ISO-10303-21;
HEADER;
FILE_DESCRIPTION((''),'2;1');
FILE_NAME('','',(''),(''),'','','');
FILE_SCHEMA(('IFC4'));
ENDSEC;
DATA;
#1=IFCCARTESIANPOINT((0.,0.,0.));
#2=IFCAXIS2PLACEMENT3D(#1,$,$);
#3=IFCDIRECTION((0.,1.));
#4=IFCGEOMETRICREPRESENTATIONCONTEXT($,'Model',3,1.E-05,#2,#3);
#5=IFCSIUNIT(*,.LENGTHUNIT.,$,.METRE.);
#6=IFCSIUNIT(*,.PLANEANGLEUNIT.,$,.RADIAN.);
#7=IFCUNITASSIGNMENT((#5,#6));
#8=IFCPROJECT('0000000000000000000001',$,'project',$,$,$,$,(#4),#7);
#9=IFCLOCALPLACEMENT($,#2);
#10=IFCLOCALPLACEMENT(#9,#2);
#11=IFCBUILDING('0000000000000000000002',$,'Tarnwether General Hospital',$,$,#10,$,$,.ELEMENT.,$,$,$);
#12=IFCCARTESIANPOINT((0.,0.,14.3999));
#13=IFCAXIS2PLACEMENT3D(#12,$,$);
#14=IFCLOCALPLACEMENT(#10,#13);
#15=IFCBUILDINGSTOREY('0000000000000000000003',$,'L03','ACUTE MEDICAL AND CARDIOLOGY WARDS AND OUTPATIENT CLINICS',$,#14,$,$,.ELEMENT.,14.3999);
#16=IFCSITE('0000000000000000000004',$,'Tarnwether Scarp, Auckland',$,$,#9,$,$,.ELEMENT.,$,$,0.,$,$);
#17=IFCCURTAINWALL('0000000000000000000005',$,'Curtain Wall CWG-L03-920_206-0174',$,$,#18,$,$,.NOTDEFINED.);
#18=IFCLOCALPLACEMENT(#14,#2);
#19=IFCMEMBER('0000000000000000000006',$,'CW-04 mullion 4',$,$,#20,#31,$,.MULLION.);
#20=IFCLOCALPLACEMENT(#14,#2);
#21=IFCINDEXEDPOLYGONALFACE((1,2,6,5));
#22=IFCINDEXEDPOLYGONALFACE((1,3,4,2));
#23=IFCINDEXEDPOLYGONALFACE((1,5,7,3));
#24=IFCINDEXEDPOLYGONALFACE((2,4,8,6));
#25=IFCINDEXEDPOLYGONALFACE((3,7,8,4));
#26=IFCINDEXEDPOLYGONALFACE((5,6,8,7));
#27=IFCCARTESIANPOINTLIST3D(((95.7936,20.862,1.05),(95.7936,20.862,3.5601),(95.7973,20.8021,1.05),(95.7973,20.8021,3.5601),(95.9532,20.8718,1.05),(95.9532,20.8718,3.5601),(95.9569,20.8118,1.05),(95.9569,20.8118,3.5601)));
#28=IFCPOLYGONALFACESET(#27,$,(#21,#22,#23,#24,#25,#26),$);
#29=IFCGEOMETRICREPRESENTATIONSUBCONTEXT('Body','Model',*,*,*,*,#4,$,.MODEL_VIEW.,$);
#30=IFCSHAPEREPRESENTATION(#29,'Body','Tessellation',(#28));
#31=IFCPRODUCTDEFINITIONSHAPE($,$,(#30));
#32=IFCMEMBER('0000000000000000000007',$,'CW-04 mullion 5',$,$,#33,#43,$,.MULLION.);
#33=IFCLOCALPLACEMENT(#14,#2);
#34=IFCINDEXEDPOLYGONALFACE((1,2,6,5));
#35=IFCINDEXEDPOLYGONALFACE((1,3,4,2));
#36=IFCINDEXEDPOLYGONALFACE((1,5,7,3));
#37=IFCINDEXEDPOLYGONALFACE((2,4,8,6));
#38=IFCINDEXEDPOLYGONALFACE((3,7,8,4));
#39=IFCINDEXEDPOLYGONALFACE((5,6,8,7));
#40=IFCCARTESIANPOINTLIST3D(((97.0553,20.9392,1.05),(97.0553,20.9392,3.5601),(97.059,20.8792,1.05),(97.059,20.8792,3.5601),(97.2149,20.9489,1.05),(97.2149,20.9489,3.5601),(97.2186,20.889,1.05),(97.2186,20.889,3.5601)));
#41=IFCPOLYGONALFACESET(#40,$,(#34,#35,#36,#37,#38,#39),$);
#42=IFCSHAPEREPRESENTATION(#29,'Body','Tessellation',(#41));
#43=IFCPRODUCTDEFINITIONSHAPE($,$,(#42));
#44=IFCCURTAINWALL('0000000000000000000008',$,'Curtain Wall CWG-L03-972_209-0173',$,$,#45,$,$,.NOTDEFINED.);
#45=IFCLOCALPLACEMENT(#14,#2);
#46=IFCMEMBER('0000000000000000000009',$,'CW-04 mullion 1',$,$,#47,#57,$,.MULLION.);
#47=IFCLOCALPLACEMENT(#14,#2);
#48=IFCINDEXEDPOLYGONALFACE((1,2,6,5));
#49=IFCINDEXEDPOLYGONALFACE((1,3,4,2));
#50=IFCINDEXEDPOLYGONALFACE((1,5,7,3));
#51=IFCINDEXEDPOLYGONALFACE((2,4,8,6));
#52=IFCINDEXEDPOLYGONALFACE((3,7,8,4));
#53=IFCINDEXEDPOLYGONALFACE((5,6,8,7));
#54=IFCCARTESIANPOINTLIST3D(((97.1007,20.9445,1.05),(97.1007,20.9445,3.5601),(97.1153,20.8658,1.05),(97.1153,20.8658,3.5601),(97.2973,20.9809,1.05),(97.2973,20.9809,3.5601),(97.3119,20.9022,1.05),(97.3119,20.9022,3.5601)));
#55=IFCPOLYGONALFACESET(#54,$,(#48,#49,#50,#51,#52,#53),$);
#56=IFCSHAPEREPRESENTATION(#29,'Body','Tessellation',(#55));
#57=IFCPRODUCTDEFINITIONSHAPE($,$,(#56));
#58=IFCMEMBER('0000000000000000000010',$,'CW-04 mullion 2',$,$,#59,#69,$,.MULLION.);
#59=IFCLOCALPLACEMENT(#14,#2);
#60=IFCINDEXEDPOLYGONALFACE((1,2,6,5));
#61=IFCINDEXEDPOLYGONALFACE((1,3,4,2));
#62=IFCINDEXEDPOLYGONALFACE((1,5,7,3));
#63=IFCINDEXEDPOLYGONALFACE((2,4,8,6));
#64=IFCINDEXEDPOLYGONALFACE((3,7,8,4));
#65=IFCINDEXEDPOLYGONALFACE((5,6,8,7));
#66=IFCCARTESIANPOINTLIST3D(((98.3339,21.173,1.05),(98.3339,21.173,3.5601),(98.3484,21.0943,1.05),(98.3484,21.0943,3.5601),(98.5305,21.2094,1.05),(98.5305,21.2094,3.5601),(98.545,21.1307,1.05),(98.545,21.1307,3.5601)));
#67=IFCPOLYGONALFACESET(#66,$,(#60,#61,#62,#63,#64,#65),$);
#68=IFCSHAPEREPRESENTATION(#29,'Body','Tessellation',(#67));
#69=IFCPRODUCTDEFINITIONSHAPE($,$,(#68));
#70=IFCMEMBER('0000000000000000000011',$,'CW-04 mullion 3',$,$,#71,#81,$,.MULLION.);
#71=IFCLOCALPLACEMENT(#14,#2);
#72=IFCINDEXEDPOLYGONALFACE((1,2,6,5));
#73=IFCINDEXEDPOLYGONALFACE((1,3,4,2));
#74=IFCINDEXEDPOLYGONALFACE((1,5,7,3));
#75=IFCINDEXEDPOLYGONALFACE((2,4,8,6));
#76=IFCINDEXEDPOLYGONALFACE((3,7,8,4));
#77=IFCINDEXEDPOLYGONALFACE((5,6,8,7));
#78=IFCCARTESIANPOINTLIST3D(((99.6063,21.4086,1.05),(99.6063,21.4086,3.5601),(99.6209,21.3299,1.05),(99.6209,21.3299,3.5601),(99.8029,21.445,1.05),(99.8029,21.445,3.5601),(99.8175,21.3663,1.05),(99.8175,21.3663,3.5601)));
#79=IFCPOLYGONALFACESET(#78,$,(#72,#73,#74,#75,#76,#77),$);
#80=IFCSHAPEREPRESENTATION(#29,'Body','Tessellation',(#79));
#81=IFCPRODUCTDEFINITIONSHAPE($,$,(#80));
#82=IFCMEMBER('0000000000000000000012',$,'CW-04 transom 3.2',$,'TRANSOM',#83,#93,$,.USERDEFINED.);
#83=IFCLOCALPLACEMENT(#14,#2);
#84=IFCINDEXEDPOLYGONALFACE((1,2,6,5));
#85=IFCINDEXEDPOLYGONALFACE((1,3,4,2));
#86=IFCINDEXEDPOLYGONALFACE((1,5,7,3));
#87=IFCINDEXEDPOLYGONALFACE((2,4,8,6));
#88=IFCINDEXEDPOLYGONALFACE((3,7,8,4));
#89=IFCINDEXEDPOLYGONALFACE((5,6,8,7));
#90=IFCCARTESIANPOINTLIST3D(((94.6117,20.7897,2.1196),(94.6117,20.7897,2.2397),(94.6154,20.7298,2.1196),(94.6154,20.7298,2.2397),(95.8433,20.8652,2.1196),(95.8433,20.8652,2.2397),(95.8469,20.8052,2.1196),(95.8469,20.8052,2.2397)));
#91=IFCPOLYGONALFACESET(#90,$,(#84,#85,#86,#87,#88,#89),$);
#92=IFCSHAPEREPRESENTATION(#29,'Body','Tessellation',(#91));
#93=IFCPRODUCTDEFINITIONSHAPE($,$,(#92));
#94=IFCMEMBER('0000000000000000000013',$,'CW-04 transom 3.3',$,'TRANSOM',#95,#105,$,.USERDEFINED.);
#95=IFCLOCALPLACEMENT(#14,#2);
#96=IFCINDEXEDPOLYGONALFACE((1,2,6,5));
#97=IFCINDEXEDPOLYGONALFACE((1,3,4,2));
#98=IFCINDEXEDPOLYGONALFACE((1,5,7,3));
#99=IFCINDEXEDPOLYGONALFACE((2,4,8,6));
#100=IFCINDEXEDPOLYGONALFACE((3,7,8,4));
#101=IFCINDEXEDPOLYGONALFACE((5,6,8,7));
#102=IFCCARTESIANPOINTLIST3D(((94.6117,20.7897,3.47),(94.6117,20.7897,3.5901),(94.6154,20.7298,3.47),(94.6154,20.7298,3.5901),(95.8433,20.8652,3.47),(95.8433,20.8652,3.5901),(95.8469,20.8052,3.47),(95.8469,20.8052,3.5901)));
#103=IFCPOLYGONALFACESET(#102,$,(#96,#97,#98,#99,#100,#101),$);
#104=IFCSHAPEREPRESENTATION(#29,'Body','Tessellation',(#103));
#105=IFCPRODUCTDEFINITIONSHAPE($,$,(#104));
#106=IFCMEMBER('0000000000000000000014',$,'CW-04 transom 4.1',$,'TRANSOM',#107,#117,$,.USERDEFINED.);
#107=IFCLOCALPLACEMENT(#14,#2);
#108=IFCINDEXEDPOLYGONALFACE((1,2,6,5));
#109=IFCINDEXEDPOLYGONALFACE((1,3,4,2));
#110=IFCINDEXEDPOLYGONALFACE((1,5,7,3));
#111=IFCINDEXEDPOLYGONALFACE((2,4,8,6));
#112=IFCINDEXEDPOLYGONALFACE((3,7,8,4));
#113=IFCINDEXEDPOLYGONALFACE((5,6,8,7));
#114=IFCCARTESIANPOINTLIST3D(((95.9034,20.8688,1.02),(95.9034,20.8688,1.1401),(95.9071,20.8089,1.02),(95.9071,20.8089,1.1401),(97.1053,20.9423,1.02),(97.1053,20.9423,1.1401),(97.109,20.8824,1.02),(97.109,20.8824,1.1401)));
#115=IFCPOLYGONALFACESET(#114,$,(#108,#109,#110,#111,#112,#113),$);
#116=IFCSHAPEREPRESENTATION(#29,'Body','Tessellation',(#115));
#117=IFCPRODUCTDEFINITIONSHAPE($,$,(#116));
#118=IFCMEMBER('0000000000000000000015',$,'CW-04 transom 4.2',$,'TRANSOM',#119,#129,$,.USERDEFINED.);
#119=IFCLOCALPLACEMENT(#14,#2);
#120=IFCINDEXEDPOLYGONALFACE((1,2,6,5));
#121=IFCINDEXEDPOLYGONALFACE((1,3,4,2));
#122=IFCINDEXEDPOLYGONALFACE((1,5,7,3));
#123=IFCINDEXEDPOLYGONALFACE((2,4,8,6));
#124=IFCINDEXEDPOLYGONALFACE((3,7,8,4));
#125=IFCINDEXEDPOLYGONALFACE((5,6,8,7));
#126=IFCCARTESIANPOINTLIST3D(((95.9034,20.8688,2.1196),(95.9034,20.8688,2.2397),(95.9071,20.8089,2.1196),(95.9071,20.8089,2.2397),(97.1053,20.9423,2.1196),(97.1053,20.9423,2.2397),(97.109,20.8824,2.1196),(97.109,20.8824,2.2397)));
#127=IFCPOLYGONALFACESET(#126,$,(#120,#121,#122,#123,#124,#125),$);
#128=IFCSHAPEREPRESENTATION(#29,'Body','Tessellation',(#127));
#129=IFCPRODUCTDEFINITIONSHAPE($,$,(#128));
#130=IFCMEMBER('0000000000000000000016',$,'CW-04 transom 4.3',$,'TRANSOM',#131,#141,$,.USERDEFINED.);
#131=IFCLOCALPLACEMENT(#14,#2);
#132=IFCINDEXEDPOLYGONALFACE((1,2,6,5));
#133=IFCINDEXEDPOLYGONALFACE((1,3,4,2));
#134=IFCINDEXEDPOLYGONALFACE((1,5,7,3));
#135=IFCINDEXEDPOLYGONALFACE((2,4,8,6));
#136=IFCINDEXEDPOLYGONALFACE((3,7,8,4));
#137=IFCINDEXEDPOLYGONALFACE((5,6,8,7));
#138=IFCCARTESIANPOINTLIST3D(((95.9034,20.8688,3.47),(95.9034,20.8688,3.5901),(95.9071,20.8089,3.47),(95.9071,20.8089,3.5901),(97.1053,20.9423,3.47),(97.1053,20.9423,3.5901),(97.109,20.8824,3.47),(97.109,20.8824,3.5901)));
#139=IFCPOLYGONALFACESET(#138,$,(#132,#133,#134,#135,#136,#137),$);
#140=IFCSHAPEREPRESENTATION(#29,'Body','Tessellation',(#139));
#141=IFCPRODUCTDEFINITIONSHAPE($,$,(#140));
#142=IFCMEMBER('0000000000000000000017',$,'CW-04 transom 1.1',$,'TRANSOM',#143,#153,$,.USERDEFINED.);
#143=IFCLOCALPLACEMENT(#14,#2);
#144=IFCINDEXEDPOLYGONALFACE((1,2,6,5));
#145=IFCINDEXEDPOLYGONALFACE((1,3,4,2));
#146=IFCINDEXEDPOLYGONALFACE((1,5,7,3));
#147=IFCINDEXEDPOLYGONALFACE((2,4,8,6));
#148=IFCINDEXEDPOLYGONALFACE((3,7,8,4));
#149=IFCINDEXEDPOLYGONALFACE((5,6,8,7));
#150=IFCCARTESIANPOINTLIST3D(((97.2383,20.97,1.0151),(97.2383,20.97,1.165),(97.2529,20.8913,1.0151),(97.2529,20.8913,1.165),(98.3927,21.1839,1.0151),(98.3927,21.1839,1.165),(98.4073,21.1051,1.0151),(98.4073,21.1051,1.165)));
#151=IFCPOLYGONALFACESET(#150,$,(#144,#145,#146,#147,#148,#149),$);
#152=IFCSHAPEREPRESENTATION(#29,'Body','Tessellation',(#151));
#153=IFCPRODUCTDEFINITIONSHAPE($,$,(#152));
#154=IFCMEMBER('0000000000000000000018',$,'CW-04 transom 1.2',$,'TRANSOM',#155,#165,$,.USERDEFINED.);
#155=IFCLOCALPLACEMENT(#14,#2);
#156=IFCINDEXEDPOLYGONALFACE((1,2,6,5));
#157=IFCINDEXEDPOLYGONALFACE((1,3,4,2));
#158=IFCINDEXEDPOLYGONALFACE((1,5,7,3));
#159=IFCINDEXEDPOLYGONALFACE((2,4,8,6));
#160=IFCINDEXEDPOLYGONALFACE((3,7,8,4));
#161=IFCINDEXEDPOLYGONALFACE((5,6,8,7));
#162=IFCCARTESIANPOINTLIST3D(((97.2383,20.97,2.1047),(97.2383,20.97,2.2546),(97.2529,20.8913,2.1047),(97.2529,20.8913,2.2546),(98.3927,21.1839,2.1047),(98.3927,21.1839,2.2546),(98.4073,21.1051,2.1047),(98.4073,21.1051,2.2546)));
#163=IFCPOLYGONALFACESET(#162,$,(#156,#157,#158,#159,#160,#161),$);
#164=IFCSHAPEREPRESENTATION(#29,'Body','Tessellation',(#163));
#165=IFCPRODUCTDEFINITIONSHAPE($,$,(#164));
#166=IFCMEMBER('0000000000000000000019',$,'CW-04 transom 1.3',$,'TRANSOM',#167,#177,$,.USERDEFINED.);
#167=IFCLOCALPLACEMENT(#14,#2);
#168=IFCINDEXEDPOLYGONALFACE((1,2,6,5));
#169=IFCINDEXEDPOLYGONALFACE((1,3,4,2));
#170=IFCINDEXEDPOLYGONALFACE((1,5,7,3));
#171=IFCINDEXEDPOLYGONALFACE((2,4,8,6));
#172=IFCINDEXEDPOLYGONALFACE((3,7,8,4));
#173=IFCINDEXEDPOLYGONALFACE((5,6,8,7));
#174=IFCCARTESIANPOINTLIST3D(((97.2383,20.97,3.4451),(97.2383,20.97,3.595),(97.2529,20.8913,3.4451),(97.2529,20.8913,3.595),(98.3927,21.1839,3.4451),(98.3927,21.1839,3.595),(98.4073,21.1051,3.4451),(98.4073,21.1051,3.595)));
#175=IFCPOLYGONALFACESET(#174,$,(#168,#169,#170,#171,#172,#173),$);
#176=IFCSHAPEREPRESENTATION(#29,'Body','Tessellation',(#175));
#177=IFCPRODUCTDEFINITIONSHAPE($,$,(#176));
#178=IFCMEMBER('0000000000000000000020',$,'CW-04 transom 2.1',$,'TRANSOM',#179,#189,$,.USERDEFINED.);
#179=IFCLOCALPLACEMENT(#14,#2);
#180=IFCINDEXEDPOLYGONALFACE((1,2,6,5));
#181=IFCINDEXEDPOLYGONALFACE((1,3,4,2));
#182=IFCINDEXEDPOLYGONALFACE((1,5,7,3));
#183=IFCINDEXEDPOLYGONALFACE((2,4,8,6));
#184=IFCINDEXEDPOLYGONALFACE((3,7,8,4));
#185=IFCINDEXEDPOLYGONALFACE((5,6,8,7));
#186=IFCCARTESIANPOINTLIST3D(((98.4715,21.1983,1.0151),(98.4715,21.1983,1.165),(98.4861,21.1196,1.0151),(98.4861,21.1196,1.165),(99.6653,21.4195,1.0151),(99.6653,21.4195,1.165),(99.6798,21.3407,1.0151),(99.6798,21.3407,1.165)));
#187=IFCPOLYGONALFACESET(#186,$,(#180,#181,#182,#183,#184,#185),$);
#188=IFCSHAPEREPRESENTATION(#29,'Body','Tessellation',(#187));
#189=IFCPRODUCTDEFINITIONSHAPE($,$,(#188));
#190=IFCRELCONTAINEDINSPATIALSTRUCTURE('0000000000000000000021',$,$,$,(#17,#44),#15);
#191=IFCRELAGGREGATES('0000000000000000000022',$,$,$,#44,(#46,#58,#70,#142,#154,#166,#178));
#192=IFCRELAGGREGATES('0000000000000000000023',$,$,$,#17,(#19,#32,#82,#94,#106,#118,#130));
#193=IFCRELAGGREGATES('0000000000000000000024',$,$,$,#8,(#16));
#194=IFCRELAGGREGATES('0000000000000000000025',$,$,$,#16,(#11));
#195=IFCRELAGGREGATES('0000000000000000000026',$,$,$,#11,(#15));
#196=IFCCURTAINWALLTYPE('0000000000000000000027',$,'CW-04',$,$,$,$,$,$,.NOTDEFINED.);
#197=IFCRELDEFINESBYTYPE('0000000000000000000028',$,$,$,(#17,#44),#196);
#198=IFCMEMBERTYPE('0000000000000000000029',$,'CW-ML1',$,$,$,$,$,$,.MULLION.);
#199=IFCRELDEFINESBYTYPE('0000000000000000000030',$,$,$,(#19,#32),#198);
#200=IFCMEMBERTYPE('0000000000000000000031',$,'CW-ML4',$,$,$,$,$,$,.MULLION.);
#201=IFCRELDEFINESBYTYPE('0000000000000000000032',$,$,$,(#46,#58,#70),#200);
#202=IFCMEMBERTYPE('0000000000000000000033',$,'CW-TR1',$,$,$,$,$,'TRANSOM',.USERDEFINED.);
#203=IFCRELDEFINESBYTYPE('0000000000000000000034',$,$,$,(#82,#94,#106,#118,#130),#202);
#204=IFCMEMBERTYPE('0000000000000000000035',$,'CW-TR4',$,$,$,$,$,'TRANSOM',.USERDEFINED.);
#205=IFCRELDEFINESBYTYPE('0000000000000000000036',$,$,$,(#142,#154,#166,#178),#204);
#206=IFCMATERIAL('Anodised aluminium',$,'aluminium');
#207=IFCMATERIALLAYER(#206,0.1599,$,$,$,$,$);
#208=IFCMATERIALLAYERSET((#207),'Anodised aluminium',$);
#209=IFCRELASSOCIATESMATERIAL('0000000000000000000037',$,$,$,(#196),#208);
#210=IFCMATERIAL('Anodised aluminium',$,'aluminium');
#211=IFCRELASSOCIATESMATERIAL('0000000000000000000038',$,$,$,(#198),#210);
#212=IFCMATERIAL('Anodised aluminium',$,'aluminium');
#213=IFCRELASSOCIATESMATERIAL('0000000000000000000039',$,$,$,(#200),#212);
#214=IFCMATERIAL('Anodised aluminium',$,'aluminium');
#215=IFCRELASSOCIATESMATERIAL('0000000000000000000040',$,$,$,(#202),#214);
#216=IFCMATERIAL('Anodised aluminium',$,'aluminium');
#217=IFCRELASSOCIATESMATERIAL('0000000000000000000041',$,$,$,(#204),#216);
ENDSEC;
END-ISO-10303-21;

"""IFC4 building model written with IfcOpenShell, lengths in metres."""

from ifc_helpers import new_model, si_unit, direction, frame, origin, origin_2d, place, context, subcontext, project, spatial, rectangle, extrude, material, layer, layer_set, material_profile, profile_set, type_object, element, aggregate, save


model = new_model("IFC4")

# Units and contexts
model_context = context("Model", 3, precision=1e-05, world=origin(), true_north=direction((0.0, 1.0)))
body_context = subcontext(model_context, "Body", "Model", "MODEL_VIEW")
ifc_project = project(units=[si_unit("LENGTHUNIT", "METRE"), si_unit("PLANEANGLEUNIT", "RADIAN")], contexts=[model_context])

# Site, building, storey
site_placement = place(None, origin())
site = spatial("IfcSite", under=ifc_project, at=site_placement, Name="Tarnwether Scarp, Auckland", CompositionType="ELEMENT", RefElevation=0.0)
building_placement = place(site_placement, origin())
building = spatial("IfcBuilding", under=site, at=building_placement, Name="Tarnwether General Hospital", CompositionType="ELEMENT")
storey_placement = place(building_placement, frame((0.0, 0.0, 14.3999)))
storey = spatial("IfcBuildingStorey", under=building, at=storey_placement, Name="L03", Description="ACUTE MEDICAL AND CARDIOLOGY WARDS AND OUTPATIENT CLINICS", CompositionType="ELEMENT", Elevation=14.3999)

# Curtain walls, members
ifc_material_1 = material(Name="Anodised aluminium", Category="aluminium")
ifc_layer_1 = layer(ifc_material_1, 0.1599)
ifc_layer_set_1 = layer_set([ifc_layer_1], Name="Anodised aluminium")
curtain_wall_type = type_object("IfcCurtainWallType", Name="CW-04", PredefinedType="NOTDEFINED", material=ifc_layer_set_1)
curtain_wall_1_placement = place(storey_placement, origin())
curtain_wall_1 = element("IfcCurtainWall", 1, at=curtain_wall_1_placement, inside=storey, type_object=curtain_wall_type, Name="Curtain Wall CWG-L03-920_206-0174", PredefinedType="NOTDEFINED")
ifc_material_2 = material(Name="Anodised aluminium", Category="aluminium")
ifc_material_profile_1 = material_profile(ifc_material_2, rectangle(XDim=0.0601, YDim=0.1599, at=origin_2d()), Name="ALU-MUL-60x160")
ifc_profile_set_1 = profile_set([ifc_material_profile_1], Name="Anodised aluminium")
member_type_1 = type_object("IfcMemberType", Name="CW-ML1", PredefinedType="MULLION", material=ifc_profile_set_1)
member_1_placement = place(storey_placement, frame((95.8752, 20.8369, 1.05), z_axis=(0.0, 0.0, 1.0), x_axis=(-0.061043, 0.998135, 0.0)))
member_1 = element("IfcMember", 2, at=member_1_placement, type_object=member_type_1, Name="CW-04 mullion 4", PredefinedType="MULLION", context=body_context, shape_type="SweptSolid", body=[
    extrude(rectangle(XDim=0.0601, YDim=0.1599, at=origin_2d()), origin(), (0.0, 0.0, 1.0), 2.51),
])
member_2_placement = place(storey_placement, frame((97.137, 20.9141, 1.05), z_axis=(0.0, 0.0, 1.0), x_axis=(-0.061043, 0.998135, 0.0)))
member_2 = element("IfcMember", 3, at=member_2_placement, type_object=member_type_1, Name="CW-04 mullion 5", PredefinedType="MULLION", context=body_context, shape_type="SweptSolid", body=[
    extrude(rectangle(XDim=0.0601, YDim=0.1599, at=origin_2d()), origin(), (0.0, 0.0, 1.0), 2.51),
])
curtain_wall_2_placement = place(storey_placement, origin())
curtain_wall_2 = element("IfcCurtainWall", 4, at=curtain_wall_2_placement, inside=storey, type_object=curtain_wall_type, Name="Curtain Wall CWG-L03-972_209-0173", PredefinedType="NOTDEFINED")
ifc_material_3 = material(Name="Anodised aluminium", Category="aluminium")
ifc_material_profile_2 = material_profile(ifc_material_3, rectangle(XDim=0.0801, YDim=0.2, at=origin_2d()), Name="ALU-MUL-80x200")
ifc_profile_set_2 = profile_set([ifc_material_profile_2], Name="Anodised aluminium")
member_type_2 = type_object("IfcMemberType", Name="CW-ML4", PredefinedType="MULLION", material=ifc_profile_set_2)
member_3_placement = place(storey_placement, frame((97.2063, 20.9233, 1.05), z_axis=(0.0, 0.0, 1.0), x_axis=(-0.182165, 0.983268, 0.0)))
member_3 = element("IfcMember", 5, at=member_3_placement, type_object=member_type_2, Name="CW-04 mullion 1", PredefinedType="MULLION", context=body_context, shape_type="SweptSolid", body=[
    extrude(rectangle(XDim=0.0801, YDim=0.2, at=origin_2d()), origin(), (0.0, 0.0, 1.0), 2.51),
])
member_4_placement = place(storey_placement, frame((98.4395, 21.1519, 1.05), z_axis=(0.0, 0.0, 1.0), x_axis=(-0.182165, 0.983268, 0.0)))
member_4 = element("IfcMember", 6, at=member_4_placement, type_object=member_type_2, Name="CW-04 mullion 2", PredefinedType="MULLION", context=body_context, shape_type="SweptSolid", body=[
    extrude(rectangle(XDim=0.0801, YDim=0.2, at=origin_2d()), origin(), (0.0, 0.0, 1.0), 2.51),
])
member_5_placement = place(storey_placement, frame((99.7119, 21.3875, 1.05), z_axis=(0.0, 0.0, 1.0), x_axis=(-0.182165, 0.983268, 0.0)))
member_5 = element("IfcMember", 7, at=member_5_placement, type_object=member_type_2, Name="CW-04 mullion 3", PredefinedType="MULLION", context=body_context, shape_type="SweptSolid", body=[
    extrude(rectangle(XDim=0.0801, YDim=0.2, at=origin_2d()), origin(), (0.0, 0.0, 1.0), 2.51),
])

# Members
ifc_material_4 = material(Name="Anodised aluminium", Category="aluminium")
ifc_material_profile_3 = material_profile(ifc_material_4, rectangle(XDim=0.0601, YDim=0.1201, at=origin_2d()), Name="ALU-TRN-60x120")
ifc_profile_set_3 = profile_set([ifc_material_profile_3], Name="Anodised aluminium")
member_type_3 = type_object("IfcMemberType", Name="CW-TR1", ElementType="TRANSOM", PredefinedType="USERDEFINED", material=ifc_profile_set_3)
member_6_placement = place(storey_placement, frame((94.6135, 20.7598, 2.1797), z_axis=(0.99813, 0.061134, 0.0), x_axis=(-0.061134, 0.99813, 0.0)))
member_6 = element("IfcMember", 8, at=member_6_placement, type_object=member_type_3, Name="CW-04 transom 3.2", ObjectType="TRANSOM", PredefinedType="USERDEFINED", context=body_context, shape_type="SweptSolid", body=[
    extrude(rectangle(XDim=0.0601, YDim=0.1201, at=origin_2d()), origin(), (0.0, 0.0, 1.0), 1.2339),
])
member_7_placement = place(storey_placement, frame((94.6135, 20.7598, 3.53), z_axis=(0.99813, 0.061134, 0.0), x_axis=(-0.061134, 0.99813, 0.0)))
member_7 = element("IfcMember", 9, at=member_7_placement, type_object=member_type_3, Name="CW-04 transom 3.3", ObjectType="TRANSOM", PredefinedType="USERDEFINED", context=body_context, shape_type="SweptSolid", body=[
    extrude(rectangle(XDim=0.0601, YDim=0.1201, at=origin_2d()), origin(), (0.0, 0.0, 1.0), 1.2339),
])
member_8_placement = place(storey_placement, frame((95.9053, 20.8389, 1.0801), z_axis=(0.998136, 0.061028, 0.0), x_axis=(-0.061028, 0.998136, 0.0)))
member_8 = element("IfcMember", 10, at=member_8_placement, type_object=member_type_3, Name="CW-04 transom 4.1", ObjectType="TRANSOM", PredefinedType="USERDEFINED", context=body_context, shape_type="SweptSolid", body=[
    extrude(rectangle(XDim=0.0601, YDim=0.1201, at=origin_2d()), origin(), (0.0, 0.0, 1.0), 1.2041),
])
member_9_placement = place(storey_placement, frame((95.9053, 20.8389, 2.1797), z_axis=(0.998136, 0.061028, 0.0), x_axis=(-0.061028, 0.998136, 0.0)))
member_9 = element("IfcMember", 11, at=member_9_placement, type_object=member_type_3, Name="CW-04 transom 4.2", ObjectType="TRANSOM", PredefinedType="USERDEFINED", context=body_context, shape_type="SweptSolid", body=[
    extrude(rectangle(XDim=0.0601, YDim=0.1201, at=origin_2d()), origin(), (0.0, 0.0, 1.0), 1.2041),
])
member_10_placement = place(storey_placement, frame((95.9053, 20.8389, 3.53), z_axis=(0.998136, 0.061028, 0.0), x_axis=(-0.061028, 0.998136, 0.0)))
member_10 = element("IfcMember", 12, at=member_10_placement, type_object=member_type_3, Name="CW-04 transom 4.3", ObjectType="TRANSOM", PredefinedType="USERDEFINED", context=body_context, shape_type="SweptSolid", body=[
    extrude(rectangle(XDim=0.0601, YDim=0.1201, at=origin_2d()), origin(), (0.0, 0.0, 1.0), 1.2041),
])
ifc_material_5 = material(Name="Anodised aluminium", Category="aluminium")
ifc_material_profile_4 = material_profile(ifc_material_5, rectangle(XDim=0.0801, YDim=0.1499, at=origin_2d()), Name="ALU-TRN-80x150")
ifc_profile_set_4 = profile_set([ifc_material_profile_4], Name="Anodised aluminium")
member_type_4 = type_object("IfcMemberType", Name="CW-TR4", ElementType="TRANSOM", PredefinedType="USERDEFINED", material=ifc_profile_set_4)
member_11_placement = place(storey_placement, frame((97.2456, 20.9307, 1.0901), z_axis=(0.983272, 0.182141, 0.0), x_axis=(-0.182141, 0.983272, 0.0)))
member_11 = element("IfcMember", 13, at=member_11_placement, type_object=member_type_4, Name="CW-04 transom 1.1", ObjectType="TRANSOM", PredefinedType="USERDEFINED", context=body_context, shape_type="SweptSolid", body=[
    extrude(rectangle(XDim=0.0801, YDim=0.1499, at=origin_2d()), origin(), (0.0, 0.0, 1.0), 1.1741),
])
member_12_placement = place(storey_placement, frame((97.2456, 20.9307, 2.1797), z_axis=(0.983272, 0.182141, 0.0), x_axis=(-0.182141, 0.983272, 0.0)))
member_12 = element("IfcMember", 14, at=member_12_placement, type_object=member_type_4, Name="CW-04 transom 1.2", ObjectType="TRANSOM", PredefinedType="USERDEFINED", context=body_context, shape_type="SweptSolid", body=[
    extrude(rectangle(XDim=0.0801, YDim=0.1499, at=origin_2d()), origin(), (0.0, 0.0, 1.0), 1.1741),
])
member_13_placement = place(storey_placement, frame((97.2456, 20.9307, 3.52), z_axis=(0.983272, 0.182141, 0.0), x_axis=(-0.182141, 0.983272, 0.0)))
member_13 = element("IfcMember", 15, at=member_13_placement, type_object=member_type_4, Name="CW-04 transom 1.3", ObjectType="TRANSOM", PredefinedType="USERDEFINED", context=body_context, shape_type="SweptSolid", body=[
    extrude(rectangle(XDim=0.0801, YDim=0.1499, at=origin_2d()), origin(), (0.0, 0.0, 1.0), 1.1741),
])
member_14_placement = place(storey_placement, frame((98.4788, 21.1589, 1.0901), z_axis=(0.983266, 0.182176, 0.0), x_axis=(-0.182176, 0.983266, 0.0)))
member_14 = element("IfcMember", 16, at=member_14_placement, type_object=member_type_4, Name="CW-04 transom 2.1", ObjectType="TRANSOM", PredefinedType="USERDEFINED", context=body_context, shape_type="SweptSolid", body=[
    extrude(rectangle(XDim=0.0801, YDim=0.1499, at=origin_2d()), origin(), (0.0, 0.0, 1.0), 1.2141),
])

aggregate(curtain_wall_2, [member_3, member_4, member_5, member_11, member_12, member_13, member_14])
aggregate(curtain_wall_1, [member_1, member_2, member_6, member_7, member_8, member_9, member_10])

save(model, "model.ifc")
